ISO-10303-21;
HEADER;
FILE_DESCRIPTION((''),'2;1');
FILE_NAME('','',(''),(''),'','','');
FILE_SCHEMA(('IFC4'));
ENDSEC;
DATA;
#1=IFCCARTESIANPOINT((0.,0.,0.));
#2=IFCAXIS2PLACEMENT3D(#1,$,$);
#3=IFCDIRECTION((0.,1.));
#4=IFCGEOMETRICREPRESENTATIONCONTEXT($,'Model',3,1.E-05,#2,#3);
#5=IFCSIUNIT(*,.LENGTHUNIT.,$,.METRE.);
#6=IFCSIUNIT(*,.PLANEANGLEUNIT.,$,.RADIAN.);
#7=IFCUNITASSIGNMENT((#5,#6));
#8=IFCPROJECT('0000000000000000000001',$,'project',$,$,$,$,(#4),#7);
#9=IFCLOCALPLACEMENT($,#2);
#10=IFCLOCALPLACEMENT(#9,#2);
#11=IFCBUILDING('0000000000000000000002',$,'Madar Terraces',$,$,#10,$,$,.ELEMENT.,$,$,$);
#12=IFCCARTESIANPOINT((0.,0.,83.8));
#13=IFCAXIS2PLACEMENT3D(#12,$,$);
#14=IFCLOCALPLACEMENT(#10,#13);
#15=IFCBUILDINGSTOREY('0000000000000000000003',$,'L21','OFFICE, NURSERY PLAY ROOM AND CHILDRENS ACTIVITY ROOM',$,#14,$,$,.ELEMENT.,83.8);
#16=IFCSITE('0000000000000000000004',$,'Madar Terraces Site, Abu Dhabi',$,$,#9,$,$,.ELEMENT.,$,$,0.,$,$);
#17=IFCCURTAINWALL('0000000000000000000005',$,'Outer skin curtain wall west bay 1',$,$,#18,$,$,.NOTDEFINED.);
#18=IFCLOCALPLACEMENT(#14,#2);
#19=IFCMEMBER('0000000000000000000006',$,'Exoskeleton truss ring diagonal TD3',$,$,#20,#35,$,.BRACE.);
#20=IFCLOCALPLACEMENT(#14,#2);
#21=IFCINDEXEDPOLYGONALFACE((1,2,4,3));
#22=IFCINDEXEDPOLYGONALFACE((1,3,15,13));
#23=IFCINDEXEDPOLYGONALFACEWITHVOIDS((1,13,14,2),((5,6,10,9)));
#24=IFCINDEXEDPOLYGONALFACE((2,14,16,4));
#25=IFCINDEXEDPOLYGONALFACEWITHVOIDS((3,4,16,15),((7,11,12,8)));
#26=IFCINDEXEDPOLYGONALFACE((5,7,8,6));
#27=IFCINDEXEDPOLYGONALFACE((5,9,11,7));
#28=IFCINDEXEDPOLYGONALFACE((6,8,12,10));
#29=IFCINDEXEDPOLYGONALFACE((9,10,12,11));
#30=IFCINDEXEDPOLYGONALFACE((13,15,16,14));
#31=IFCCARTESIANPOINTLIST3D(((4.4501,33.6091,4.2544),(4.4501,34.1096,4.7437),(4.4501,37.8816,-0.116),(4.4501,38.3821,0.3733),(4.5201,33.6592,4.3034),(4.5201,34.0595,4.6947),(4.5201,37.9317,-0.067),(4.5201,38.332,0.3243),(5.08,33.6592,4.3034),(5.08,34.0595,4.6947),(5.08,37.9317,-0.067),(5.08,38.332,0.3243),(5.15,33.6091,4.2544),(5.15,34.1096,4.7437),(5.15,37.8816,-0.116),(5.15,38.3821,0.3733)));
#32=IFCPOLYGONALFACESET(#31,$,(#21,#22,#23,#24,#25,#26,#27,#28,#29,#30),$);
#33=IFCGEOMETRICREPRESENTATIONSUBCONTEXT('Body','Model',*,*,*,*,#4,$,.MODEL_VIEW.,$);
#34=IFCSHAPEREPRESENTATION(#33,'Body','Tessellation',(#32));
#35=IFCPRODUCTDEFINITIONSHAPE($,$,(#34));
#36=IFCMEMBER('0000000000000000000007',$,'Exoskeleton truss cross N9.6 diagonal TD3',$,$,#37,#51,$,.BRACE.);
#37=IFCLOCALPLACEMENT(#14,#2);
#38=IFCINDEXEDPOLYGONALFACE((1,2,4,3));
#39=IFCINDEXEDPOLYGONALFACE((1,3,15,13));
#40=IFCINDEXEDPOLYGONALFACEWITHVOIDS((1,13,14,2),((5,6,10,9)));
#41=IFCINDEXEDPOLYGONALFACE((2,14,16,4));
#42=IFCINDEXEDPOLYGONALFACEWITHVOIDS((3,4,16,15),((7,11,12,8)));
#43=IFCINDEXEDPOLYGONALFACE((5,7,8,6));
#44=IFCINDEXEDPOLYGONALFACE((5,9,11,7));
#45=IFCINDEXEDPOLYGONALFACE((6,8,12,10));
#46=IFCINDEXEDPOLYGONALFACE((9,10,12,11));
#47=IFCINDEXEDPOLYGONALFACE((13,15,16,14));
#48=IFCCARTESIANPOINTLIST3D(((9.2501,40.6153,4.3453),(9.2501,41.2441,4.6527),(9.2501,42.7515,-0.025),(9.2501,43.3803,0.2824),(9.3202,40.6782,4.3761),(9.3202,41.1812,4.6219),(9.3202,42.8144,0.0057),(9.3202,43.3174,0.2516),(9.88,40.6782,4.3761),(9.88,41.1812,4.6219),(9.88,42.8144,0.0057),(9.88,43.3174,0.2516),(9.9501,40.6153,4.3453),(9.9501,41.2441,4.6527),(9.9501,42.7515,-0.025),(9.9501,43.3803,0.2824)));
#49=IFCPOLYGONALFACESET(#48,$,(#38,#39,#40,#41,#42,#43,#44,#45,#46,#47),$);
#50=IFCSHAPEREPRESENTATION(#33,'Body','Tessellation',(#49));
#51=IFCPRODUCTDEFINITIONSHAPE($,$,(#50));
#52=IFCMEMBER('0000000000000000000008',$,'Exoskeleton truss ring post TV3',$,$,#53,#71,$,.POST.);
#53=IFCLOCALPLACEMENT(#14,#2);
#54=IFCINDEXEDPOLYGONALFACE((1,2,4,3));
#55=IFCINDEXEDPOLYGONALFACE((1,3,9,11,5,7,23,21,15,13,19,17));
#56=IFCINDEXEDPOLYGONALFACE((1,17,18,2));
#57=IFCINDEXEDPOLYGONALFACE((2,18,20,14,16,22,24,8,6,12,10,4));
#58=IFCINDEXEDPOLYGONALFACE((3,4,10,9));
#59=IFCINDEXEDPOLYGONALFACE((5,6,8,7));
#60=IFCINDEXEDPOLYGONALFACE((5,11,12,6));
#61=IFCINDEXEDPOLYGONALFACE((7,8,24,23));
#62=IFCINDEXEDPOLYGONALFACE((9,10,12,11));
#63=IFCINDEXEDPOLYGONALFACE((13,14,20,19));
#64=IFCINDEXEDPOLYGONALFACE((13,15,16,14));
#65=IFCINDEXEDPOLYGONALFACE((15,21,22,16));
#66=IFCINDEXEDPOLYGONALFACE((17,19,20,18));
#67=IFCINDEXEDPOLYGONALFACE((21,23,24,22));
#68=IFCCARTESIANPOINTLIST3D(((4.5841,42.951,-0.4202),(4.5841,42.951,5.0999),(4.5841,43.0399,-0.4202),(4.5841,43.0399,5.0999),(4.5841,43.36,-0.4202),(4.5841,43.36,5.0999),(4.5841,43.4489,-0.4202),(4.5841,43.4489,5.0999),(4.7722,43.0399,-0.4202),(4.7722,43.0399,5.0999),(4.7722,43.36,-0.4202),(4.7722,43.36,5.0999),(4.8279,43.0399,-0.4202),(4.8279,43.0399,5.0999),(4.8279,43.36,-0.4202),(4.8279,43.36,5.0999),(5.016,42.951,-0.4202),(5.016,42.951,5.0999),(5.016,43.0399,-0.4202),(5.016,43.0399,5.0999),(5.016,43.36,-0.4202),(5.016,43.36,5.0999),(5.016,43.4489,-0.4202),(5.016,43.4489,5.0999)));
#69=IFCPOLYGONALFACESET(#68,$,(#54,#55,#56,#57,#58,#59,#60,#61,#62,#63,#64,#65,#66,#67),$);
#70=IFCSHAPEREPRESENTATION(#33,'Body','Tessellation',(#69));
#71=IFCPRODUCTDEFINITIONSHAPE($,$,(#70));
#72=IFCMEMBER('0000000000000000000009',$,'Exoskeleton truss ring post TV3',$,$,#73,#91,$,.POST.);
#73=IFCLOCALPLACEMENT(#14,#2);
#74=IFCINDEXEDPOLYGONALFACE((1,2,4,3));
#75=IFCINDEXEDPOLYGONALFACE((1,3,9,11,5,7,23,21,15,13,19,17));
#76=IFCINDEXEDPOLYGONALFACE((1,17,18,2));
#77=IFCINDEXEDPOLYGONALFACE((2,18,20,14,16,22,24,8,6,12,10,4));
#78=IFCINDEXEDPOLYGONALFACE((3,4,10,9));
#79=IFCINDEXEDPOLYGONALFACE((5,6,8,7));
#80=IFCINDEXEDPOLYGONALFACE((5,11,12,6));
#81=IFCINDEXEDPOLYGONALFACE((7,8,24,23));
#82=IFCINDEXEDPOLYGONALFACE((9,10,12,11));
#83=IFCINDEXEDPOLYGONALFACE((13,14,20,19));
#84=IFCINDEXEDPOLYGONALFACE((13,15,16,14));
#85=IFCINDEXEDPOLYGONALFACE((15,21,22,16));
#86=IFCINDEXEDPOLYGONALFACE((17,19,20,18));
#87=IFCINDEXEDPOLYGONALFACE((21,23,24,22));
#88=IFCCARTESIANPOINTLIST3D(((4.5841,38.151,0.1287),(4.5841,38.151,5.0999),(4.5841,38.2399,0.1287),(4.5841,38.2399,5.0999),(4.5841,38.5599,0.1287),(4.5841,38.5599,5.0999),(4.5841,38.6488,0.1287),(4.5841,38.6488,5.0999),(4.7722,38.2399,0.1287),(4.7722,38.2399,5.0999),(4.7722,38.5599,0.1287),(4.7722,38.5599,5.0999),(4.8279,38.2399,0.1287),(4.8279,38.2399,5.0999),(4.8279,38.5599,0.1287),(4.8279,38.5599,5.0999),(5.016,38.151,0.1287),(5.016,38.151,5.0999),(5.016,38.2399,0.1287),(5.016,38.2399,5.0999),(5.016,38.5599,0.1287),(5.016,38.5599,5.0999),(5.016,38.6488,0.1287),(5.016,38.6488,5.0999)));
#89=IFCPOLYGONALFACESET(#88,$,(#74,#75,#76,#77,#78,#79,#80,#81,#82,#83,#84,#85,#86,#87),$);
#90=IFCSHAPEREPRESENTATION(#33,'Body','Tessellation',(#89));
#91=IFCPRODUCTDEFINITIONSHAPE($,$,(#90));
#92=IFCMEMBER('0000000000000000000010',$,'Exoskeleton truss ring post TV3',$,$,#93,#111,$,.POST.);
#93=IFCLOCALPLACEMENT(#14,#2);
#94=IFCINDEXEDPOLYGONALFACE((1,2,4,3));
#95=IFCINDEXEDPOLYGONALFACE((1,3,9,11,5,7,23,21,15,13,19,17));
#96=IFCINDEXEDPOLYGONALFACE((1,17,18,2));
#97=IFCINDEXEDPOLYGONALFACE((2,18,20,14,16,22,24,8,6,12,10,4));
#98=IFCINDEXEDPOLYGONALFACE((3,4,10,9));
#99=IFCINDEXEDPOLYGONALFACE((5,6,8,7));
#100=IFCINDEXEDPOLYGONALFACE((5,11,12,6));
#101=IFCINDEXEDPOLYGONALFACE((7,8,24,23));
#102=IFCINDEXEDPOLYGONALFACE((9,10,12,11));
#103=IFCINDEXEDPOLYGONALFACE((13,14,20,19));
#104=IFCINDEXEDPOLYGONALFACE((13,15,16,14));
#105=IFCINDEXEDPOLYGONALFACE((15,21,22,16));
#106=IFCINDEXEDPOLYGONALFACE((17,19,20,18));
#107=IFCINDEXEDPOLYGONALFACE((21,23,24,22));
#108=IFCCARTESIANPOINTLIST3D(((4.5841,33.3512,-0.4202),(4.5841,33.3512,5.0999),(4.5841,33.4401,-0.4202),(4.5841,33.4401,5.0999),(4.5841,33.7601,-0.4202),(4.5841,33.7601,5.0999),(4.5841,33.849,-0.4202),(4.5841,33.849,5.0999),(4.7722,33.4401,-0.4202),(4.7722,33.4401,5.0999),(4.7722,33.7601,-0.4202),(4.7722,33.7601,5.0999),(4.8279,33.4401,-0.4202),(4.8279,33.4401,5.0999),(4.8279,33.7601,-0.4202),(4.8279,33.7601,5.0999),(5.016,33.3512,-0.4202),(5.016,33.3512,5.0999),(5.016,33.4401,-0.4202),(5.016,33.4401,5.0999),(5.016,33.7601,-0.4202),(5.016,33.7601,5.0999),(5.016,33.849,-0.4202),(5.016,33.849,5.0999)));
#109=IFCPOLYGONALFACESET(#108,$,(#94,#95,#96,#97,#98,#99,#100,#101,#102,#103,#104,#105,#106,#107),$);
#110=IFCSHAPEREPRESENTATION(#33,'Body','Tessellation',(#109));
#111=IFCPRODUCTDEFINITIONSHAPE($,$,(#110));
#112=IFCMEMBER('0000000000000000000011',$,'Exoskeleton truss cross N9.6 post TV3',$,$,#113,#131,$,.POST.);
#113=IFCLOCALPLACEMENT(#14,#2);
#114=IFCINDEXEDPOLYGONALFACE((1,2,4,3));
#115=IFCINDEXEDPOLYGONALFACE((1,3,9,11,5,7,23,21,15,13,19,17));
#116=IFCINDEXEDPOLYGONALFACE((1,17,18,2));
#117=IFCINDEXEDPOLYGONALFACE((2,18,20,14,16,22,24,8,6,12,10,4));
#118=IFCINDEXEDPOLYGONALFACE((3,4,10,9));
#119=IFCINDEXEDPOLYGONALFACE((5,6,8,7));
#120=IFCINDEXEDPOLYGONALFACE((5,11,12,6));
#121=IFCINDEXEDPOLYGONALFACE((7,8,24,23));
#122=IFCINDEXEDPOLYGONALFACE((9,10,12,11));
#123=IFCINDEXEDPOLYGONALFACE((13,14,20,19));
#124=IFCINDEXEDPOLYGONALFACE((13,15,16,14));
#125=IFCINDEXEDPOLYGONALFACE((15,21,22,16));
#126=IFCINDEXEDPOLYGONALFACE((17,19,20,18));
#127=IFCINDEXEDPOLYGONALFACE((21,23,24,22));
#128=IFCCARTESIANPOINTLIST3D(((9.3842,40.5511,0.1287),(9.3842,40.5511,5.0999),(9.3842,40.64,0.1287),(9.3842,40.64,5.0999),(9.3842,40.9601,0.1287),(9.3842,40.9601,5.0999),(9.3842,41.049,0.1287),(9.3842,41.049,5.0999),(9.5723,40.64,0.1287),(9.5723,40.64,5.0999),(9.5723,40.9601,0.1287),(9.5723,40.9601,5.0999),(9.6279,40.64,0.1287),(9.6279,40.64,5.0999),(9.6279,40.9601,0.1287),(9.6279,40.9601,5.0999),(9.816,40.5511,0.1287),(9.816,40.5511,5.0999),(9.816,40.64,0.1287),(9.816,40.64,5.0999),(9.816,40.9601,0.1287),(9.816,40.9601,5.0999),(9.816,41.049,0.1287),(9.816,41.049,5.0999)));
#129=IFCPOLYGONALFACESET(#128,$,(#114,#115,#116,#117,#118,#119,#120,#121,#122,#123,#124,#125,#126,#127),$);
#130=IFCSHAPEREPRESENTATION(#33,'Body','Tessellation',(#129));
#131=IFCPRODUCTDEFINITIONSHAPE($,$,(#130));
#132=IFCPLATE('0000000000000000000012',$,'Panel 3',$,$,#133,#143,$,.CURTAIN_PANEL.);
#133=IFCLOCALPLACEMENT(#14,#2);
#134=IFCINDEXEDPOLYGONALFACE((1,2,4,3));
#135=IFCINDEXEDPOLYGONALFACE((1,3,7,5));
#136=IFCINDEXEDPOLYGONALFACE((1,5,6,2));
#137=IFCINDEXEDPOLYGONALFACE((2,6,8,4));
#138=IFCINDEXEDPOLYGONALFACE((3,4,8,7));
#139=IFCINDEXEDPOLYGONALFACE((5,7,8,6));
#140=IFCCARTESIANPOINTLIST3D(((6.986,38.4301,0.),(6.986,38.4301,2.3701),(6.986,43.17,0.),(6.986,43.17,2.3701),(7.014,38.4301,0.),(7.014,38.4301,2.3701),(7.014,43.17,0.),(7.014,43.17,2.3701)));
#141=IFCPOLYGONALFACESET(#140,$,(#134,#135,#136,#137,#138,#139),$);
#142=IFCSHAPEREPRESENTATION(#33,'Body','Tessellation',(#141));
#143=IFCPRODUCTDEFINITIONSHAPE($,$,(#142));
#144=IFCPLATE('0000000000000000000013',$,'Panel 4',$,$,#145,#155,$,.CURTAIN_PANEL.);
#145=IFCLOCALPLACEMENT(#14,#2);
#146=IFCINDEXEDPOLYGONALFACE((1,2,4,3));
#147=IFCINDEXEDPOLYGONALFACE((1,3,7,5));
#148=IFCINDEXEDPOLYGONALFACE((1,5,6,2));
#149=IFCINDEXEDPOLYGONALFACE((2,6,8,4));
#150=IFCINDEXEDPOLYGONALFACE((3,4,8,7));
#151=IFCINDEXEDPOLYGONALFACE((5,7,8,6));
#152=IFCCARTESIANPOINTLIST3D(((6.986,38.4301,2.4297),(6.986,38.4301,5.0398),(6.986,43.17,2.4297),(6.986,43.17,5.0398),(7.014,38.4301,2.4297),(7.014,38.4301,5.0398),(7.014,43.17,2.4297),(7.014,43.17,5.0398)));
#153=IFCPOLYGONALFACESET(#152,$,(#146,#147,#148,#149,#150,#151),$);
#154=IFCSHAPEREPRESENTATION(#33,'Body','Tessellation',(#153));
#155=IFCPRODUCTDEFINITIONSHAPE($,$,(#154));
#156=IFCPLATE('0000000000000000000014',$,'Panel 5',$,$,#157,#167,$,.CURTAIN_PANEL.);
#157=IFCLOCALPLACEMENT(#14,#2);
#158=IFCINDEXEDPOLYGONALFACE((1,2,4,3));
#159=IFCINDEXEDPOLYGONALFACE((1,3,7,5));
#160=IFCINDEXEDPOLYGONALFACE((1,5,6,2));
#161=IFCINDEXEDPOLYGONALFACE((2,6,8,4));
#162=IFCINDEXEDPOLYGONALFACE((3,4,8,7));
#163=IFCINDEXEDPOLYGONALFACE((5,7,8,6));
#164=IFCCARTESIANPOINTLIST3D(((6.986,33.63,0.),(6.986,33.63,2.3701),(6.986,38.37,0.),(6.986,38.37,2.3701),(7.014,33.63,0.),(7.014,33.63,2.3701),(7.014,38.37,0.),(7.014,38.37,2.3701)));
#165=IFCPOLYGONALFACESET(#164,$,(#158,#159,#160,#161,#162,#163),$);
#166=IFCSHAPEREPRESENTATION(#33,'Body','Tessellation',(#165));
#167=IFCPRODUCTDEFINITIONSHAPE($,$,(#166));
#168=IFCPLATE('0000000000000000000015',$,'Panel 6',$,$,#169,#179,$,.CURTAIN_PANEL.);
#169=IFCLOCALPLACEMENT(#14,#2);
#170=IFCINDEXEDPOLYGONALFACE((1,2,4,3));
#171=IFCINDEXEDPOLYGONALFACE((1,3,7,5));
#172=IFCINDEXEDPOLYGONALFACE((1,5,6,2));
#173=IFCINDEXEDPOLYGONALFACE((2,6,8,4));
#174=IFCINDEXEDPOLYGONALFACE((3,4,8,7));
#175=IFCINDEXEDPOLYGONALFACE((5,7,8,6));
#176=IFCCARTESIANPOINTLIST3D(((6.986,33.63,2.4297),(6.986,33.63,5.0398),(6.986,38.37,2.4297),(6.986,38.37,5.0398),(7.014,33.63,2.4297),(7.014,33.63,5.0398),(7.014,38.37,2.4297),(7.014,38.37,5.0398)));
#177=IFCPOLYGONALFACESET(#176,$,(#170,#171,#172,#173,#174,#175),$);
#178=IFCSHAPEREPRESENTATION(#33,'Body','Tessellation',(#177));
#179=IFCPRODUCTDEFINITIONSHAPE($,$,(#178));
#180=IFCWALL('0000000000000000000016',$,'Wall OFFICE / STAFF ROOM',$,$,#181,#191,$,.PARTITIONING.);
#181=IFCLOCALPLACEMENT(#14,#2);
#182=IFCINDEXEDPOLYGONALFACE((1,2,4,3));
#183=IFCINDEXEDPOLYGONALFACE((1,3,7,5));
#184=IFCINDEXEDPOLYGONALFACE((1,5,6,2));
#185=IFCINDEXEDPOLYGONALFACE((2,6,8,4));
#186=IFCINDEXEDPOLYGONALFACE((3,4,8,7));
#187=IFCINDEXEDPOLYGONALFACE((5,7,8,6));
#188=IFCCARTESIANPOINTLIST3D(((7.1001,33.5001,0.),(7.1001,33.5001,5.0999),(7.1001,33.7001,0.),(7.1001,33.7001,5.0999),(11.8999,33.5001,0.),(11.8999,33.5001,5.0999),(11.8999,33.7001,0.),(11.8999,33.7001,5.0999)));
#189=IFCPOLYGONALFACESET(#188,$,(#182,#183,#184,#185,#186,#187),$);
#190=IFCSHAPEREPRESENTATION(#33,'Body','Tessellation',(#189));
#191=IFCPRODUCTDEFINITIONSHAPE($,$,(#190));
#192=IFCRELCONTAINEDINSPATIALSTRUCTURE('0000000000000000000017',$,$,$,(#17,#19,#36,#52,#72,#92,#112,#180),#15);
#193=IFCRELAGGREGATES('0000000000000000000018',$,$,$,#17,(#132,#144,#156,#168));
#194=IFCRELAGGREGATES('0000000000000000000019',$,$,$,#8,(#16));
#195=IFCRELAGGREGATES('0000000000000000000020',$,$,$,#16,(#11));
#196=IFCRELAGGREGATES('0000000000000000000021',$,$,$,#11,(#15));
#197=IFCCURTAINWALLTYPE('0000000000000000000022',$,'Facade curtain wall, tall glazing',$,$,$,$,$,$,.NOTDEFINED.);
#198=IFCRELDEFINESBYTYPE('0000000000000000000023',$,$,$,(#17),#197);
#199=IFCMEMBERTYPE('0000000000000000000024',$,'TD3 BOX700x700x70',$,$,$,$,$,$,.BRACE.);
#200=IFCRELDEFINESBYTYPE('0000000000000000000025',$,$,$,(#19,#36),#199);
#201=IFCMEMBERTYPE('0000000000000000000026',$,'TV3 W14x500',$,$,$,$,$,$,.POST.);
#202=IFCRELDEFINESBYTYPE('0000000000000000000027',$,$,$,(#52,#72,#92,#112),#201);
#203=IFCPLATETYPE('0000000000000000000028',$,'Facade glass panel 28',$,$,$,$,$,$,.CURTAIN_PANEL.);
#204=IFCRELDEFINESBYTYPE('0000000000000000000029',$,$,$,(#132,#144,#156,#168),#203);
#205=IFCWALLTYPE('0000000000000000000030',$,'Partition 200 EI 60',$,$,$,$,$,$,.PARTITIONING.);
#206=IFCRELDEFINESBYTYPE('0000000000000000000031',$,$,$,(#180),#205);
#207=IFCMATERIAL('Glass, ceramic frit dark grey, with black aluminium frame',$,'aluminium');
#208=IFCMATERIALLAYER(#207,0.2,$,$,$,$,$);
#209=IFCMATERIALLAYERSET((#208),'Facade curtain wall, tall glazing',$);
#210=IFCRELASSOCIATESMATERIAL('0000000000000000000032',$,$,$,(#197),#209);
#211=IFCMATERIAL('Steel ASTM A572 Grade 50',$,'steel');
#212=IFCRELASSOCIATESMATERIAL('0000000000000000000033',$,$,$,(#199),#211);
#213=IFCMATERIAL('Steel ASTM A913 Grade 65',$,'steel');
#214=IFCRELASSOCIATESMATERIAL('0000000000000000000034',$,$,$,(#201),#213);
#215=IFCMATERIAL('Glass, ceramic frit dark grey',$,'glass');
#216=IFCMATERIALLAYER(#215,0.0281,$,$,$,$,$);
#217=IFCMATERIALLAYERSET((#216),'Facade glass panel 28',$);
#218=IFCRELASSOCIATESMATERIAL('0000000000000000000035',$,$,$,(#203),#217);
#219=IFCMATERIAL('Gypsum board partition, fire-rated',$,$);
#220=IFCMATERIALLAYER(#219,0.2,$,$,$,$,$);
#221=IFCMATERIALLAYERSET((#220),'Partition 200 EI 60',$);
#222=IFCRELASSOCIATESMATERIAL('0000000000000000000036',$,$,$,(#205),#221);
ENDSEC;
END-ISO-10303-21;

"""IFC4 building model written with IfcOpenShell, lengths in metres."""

from ifc_helpers import new_model, si_unit, direction, frame, frame_2d, origin, origin_2d, place, context, subcontext, project, spatial, rectangle, hollow_rectangle, i_section, extrude, material, layer, layer_set, material_profile, profile_set, type_object, element, aggregate, save


model = new_model("IFC4")

# Units and contexts
model_context = context("Model", 3, precision=1e-05, world=origin(), true_north=direction((0.0, 1.0)))
body_context = subcontext(model_context, "Body", "Model", "MODEL_VIEW")
ifc_project = project(units=[si_unit("LENGTHUNIT", "METRE"), si_unit("PLANEANGLEUNIT", "RADIAN")], contexts=[model_context])

# Site, building, storey
site_placement = place(None, origin())
site = spatial("IfcSite", under=ifc_project, at=site_placement, Name="Madar Terraces Site, Abu Dhabi", CompositionType="ELEMENT", RefElevation=0.0)
building_placement = place(site_placement, origin())
building = spatial("IfcBuilding", under=site, at=building_placement, Name="Madar Terraces", CompositionType="ELEMENT")
storey_placement = place(building_placement, frame((0.0, 0.0, 83.8)))
storey = spatial("IfcBuildingStorey", under=building, at=storey_placement, Name="L21", Description="OFFICE, NURSERY PLAY ROOM AND CHILDRENS ACTIVITY ROOM", CompositionType="ELEMENT", Elevation=83.8)

# Curtain wall
ifc_material_1 = material(Name="Glass, ceramic frit dark grey, with black aluminium frame", Category="aluminium")
ifc_layer_1 = layer(ifc_material_1, 0.2)
ifc_layer_set_1 = layer_set([ifc_layer_1], Name="Facade curtain wall, tall glazing")
curtain_wall_type = type_object("IfcCurtainWallType", Name="Facade curtain wall, tall glazing", PredefinedType="NOTDEFINED", material=ifc_layer_set_1)
curtain_wall_placement = place(storey_placement, origin())
curtain_wall = element("IfcCurtainWall", 1, at=curtain_wall_placement, inside=storey, type_object=curtain_wall_type, Name="Outer skin curtain wall west bay 1", PredefinedType="NOTDEFINED")

# Members
ifc_material_2 = material(Name="Steel ASTM A572 Grade 50", Category="steel")
ifc_material_profile_1 = material_profile(ifc_material_2, hollow_rectangle(XDim=0.7, YDim=0.7, WallThickness=0.0701, at=origin_2d()), Name="BOX700x700x70")
ifc_profile_set_1 = profile_set([ifc_material_profile_1], Name="Steel ASTM A572 Grade 50")
member_type_1 = type_object("IfcMemberType", Name="TD3 BOX700x700x70", PredefinedType="BRACE", material=ifc_profile_set_1)
member_1_placement = place(storey_placement, frame((4.8, 38.1318, 0.1287), z_axis=(0.0, -0.699052, 0.715071), x_axis=(1.0, 0.0, 0.0)))
element("IfcMember", 2, at=member_1_placement, inside=storey, type_object=member_type_1, Name="Exoskeleton truss ring diagonal TD3", PredefinedType="BRACE", context=body_context, shape_type="SweptSolid", body=[
    extrude(hollow_rectangle(XDim=0.7, YDim=0.7, WallThickness=0.0701, at=origin_2d()), origin(), (0.0, 0.0, 1.0), 6.1118),
])
member_2_placement = place(storey_placement, frame((9.6001, 43.0659, 0.1287), z_axis=(0.0, -0.439145, 0.898416), x_axis=(1.0, 0.0, 0.0)))
element("IfcMember", 3, at=member_2_placement, inside=storey, type_object=member_type_1, Name="Exoskeleton truss cross N9.6 diagonal TD3", PredefinedType="BRACE", context=body_context, shape_type="SweptSolid", body=[
    extrude(hollow_rectangle(XDim=0.7, YDim=0.7, WallThickness=0.0701, at=origin_2d()), origin(), (0.0, 0.0, 1.0), 4.8645),
])
ifc_material_3 = material(Name="Steel ASTM A913 Grade 65", Category="steel")
ifc_material_profile_2 = material_profile(ifc_material_3, i_section(OverallWidth=0.4319, OverallDepth=0.4978, WebThickness=0.0557, FlangeThickness=0.0889, at=origin_2d()), Name="W14x500")
ifc_profile_set_2 = profile_set([ifc_material_profile_2], Name="Steel ASTM A913 Grade 65")
member_type_2 = type_object("IfcMemberType", Name="TV3 W14x500", PredefinedType="POST", material=ifc_profile_set_2)
member_3_placement = place(storey_placement, frame((4.8, 43.2, -0.4202), z_axis=(0.0, 0.0, 1.0), x_axis=(1.0, 0.0, 0.0)))
element("IfcMember", 4, at=member_3_placement, inside=storey, type_object=member_type_2, Name="Exoskeleton truss ring post TV3", PredefinedType="POST", context=body_context, shape_type="SweptSolid", body=[
    extrude(i_section(OverallWidth=0.4319, OverallDepth=0.4978, WebThickness=0.0557, FlangeThickness=0.0889, at=origin_2d()), origin(), (0.0, 0.0, 1.0), 5.52),
])
member_4_placement = place(storey_placement, frame((4.8, 38.3999, 0.1287), z_axis=(0.0, 0.0, 1.0), x_axis=(1.0, 0.0, 0.0)))
element("IfcMember", 5, at=member_4_placement, inside=storey, type_object=member_type_2, Name="Exoskeleton truss ring post TV3", PredefinedType="POST", context=body_context, shape_type="SweptSolid", body=[
    extrude(i_section(OverallWidth=0.4319, OverallDepth=0.4978, WebThickness=0.0557, FlangeThickness=0.0889, at=origin_2d()), origin(), (0.0, 0.0, 1.0), 4.9712),
])
member_5_placement = place(storey_placement, frame((4.8, 33.6001, -0.4202), z_axis=(0.0, 0.0, 1.0), x_axis=(1.0, 0.0, 0.0)))
element("IfcMember", 6, at=member_5_placement, inside=storey, type_object=member_type_2, Name="Exoskeleton truss ring post TV3", PredefinedType="POST", context=body_context, shape_type="SweptSolid", body=[
    extrude(i_section(OverallWidth=0.4319, OverallDepth=0.4978, WebThickness=0.0557, FlangeThickness=0.0889, at=origin_2d()), origin(), (0.0, 0.0, 1.0), 5.52),
])
member_6_placement = place(storey_placement, frame((9.6001, 40.8, 0.1287), z_axis=(0.0, 0.0, 1.0), x_axis=(-1.0, 0.0, 0.0)))
element("IfcMember", 7, at=member_6_placement, inside=storey, type_object=member_type_2, Name="Exoskeleton truss cross N9.6 post TV3", PredefinedType="POST", context=body_context, shape_type="SweptSolid", body=[
    extrude(i_section(OverallWidth=0.4319, OverallDepth=0.4978, WebThickness=0.0557, FlangeThickness=0.0889, at=origin_2d()), origin(), (0.0, 0.0, 1.0), 4.9712),
])

# Plates
ifc_material_4 = material(Name="Glass, ceramic frit dark grey", Category="glass")
ifc_layer_2 = layer(ifc_material_4, 0.0281)
ifc_layer_set_2 = layer_set([ifc_layer_2], Name="Facade glass panel 28")
plate_type = type_object("IfcPlateType", Name="Facade glass panel 28", PredefinedType="CURTAIN_PANEL", material=ifc_layer_set_2)
plate_1_placement = place(storey_placement, frame((7.0, 40.8, 0.0), z_axis=(0.0, 0.0, 1.0), x_axis=(0.0, -1.0, 0.0)))
plate_1 = element("IfcPlate", 8, at=plate_1_placement, type_object=plate_type, Name="Panel 3", PredefinedType="CURTAIN_PANEL", context=body_context, shape_type="SweptSolid", body=[
    extrude(rectangle(XDim=4.74, YDim=0.0281, at=origin_2d()), origin(), (0.0, 0.0, 1.0), 2.3701),
])
plate_2_placement = place(storey_placement, frame((7.0, 40.8, 2.4297), z_axis=(0.0, 0.0, 1.0), x_axis=(0.0, -1.0, 0.0)))
plate_2 = element("IfcPlate", 9, at=plate_2_placement, type_object=plate_type, Name="Panel 4", PredefinedType="CURTAIN_PANEL", context=body_context, shape_type="SweptSolid", body=[
    extrude(rectangle(XDim=4.74, YDim=0.0281, at=origin_2d()), origin(), (0.0, 0.0, 1.0), 2.6101),
])
plate_3_placement = place(storey_placement, frame((7.0, 36.0, 0.0), z_axis=(0.0, 0.0, 1.0), x_axis=(0.0, -1.0, 0.0)))
plate_3 = element("IfcPlate", 10, at=plate_3_placement, type_object=plate_type, Name="Panel 5", PredefinedType="CURTAIN_PANEL", context=body_context, shape_type="SweptSolid", body=[
    extrude(rectangle(XDim=4.74, YDim=0.0281, at=origin_2d()), origin(), (0.0, 0.0, 1.0), 2.3701),
])
plate_4_placement = place(storey_placement, frame((7.0, 36.0, 2.4297), z_axis=(0.0, 0.0, 1.0), x_axis=(0.0, -1.0, 0.0)))
plate_4 = element("IfcPlate", 11, at=plate_4_placement, type_object=plate_type, Name="Panel 6", PredefinedType="CURTAIN_PANEL", context=body_context, shape_type="SweptSolid", body=[
    extrude(rectangle(XDim=4.74, YDim=0.0281, at=origin_2d()), origin(), (0.0, 0.0, 1.0), 2.6101),
])
aggregate(curtain_wall, [plate_1, plate_2, plate_3, plate_4])

# Wall
ifc_material_5 = material(Name="Gypsum board partition, fire-rated")
ifc_layer_3 = layer(ifc_material_5, 0.2)
ifc_layer_set_3 = layer_set([ifc_layer_3], Name="Partition 200 EI 60")
wall_type_1 = type_object("IfcWallType", Name="Partition 200 EI 60", PredefinedType="PARTITIONING", material=ifc_layer_set_3)
wall_1_placement = place(storey_placement, frame((7.1001, 33.6001, 0.0), z_axis=(0.0, 0.0, 1.0), x_axis=(1.0, 0.0, 0.0)))
element("IfcWall", 12, at=wall_1_placement, inside=storey, type_object=wall_type_1, Name="Wall OFFICE / STAFF ROOM", PredefinedType="PARTITIONING", context=body_context, shape_type="SweptSolid", body=[
    extrude(rectangle(XDim=4.7998, YDim=0.2, at=frame_2d((2.3999, 0.0))), origin(), (0.0, 0.0, 1.0), 5.0999),
])

save(model, "model.ifc")
